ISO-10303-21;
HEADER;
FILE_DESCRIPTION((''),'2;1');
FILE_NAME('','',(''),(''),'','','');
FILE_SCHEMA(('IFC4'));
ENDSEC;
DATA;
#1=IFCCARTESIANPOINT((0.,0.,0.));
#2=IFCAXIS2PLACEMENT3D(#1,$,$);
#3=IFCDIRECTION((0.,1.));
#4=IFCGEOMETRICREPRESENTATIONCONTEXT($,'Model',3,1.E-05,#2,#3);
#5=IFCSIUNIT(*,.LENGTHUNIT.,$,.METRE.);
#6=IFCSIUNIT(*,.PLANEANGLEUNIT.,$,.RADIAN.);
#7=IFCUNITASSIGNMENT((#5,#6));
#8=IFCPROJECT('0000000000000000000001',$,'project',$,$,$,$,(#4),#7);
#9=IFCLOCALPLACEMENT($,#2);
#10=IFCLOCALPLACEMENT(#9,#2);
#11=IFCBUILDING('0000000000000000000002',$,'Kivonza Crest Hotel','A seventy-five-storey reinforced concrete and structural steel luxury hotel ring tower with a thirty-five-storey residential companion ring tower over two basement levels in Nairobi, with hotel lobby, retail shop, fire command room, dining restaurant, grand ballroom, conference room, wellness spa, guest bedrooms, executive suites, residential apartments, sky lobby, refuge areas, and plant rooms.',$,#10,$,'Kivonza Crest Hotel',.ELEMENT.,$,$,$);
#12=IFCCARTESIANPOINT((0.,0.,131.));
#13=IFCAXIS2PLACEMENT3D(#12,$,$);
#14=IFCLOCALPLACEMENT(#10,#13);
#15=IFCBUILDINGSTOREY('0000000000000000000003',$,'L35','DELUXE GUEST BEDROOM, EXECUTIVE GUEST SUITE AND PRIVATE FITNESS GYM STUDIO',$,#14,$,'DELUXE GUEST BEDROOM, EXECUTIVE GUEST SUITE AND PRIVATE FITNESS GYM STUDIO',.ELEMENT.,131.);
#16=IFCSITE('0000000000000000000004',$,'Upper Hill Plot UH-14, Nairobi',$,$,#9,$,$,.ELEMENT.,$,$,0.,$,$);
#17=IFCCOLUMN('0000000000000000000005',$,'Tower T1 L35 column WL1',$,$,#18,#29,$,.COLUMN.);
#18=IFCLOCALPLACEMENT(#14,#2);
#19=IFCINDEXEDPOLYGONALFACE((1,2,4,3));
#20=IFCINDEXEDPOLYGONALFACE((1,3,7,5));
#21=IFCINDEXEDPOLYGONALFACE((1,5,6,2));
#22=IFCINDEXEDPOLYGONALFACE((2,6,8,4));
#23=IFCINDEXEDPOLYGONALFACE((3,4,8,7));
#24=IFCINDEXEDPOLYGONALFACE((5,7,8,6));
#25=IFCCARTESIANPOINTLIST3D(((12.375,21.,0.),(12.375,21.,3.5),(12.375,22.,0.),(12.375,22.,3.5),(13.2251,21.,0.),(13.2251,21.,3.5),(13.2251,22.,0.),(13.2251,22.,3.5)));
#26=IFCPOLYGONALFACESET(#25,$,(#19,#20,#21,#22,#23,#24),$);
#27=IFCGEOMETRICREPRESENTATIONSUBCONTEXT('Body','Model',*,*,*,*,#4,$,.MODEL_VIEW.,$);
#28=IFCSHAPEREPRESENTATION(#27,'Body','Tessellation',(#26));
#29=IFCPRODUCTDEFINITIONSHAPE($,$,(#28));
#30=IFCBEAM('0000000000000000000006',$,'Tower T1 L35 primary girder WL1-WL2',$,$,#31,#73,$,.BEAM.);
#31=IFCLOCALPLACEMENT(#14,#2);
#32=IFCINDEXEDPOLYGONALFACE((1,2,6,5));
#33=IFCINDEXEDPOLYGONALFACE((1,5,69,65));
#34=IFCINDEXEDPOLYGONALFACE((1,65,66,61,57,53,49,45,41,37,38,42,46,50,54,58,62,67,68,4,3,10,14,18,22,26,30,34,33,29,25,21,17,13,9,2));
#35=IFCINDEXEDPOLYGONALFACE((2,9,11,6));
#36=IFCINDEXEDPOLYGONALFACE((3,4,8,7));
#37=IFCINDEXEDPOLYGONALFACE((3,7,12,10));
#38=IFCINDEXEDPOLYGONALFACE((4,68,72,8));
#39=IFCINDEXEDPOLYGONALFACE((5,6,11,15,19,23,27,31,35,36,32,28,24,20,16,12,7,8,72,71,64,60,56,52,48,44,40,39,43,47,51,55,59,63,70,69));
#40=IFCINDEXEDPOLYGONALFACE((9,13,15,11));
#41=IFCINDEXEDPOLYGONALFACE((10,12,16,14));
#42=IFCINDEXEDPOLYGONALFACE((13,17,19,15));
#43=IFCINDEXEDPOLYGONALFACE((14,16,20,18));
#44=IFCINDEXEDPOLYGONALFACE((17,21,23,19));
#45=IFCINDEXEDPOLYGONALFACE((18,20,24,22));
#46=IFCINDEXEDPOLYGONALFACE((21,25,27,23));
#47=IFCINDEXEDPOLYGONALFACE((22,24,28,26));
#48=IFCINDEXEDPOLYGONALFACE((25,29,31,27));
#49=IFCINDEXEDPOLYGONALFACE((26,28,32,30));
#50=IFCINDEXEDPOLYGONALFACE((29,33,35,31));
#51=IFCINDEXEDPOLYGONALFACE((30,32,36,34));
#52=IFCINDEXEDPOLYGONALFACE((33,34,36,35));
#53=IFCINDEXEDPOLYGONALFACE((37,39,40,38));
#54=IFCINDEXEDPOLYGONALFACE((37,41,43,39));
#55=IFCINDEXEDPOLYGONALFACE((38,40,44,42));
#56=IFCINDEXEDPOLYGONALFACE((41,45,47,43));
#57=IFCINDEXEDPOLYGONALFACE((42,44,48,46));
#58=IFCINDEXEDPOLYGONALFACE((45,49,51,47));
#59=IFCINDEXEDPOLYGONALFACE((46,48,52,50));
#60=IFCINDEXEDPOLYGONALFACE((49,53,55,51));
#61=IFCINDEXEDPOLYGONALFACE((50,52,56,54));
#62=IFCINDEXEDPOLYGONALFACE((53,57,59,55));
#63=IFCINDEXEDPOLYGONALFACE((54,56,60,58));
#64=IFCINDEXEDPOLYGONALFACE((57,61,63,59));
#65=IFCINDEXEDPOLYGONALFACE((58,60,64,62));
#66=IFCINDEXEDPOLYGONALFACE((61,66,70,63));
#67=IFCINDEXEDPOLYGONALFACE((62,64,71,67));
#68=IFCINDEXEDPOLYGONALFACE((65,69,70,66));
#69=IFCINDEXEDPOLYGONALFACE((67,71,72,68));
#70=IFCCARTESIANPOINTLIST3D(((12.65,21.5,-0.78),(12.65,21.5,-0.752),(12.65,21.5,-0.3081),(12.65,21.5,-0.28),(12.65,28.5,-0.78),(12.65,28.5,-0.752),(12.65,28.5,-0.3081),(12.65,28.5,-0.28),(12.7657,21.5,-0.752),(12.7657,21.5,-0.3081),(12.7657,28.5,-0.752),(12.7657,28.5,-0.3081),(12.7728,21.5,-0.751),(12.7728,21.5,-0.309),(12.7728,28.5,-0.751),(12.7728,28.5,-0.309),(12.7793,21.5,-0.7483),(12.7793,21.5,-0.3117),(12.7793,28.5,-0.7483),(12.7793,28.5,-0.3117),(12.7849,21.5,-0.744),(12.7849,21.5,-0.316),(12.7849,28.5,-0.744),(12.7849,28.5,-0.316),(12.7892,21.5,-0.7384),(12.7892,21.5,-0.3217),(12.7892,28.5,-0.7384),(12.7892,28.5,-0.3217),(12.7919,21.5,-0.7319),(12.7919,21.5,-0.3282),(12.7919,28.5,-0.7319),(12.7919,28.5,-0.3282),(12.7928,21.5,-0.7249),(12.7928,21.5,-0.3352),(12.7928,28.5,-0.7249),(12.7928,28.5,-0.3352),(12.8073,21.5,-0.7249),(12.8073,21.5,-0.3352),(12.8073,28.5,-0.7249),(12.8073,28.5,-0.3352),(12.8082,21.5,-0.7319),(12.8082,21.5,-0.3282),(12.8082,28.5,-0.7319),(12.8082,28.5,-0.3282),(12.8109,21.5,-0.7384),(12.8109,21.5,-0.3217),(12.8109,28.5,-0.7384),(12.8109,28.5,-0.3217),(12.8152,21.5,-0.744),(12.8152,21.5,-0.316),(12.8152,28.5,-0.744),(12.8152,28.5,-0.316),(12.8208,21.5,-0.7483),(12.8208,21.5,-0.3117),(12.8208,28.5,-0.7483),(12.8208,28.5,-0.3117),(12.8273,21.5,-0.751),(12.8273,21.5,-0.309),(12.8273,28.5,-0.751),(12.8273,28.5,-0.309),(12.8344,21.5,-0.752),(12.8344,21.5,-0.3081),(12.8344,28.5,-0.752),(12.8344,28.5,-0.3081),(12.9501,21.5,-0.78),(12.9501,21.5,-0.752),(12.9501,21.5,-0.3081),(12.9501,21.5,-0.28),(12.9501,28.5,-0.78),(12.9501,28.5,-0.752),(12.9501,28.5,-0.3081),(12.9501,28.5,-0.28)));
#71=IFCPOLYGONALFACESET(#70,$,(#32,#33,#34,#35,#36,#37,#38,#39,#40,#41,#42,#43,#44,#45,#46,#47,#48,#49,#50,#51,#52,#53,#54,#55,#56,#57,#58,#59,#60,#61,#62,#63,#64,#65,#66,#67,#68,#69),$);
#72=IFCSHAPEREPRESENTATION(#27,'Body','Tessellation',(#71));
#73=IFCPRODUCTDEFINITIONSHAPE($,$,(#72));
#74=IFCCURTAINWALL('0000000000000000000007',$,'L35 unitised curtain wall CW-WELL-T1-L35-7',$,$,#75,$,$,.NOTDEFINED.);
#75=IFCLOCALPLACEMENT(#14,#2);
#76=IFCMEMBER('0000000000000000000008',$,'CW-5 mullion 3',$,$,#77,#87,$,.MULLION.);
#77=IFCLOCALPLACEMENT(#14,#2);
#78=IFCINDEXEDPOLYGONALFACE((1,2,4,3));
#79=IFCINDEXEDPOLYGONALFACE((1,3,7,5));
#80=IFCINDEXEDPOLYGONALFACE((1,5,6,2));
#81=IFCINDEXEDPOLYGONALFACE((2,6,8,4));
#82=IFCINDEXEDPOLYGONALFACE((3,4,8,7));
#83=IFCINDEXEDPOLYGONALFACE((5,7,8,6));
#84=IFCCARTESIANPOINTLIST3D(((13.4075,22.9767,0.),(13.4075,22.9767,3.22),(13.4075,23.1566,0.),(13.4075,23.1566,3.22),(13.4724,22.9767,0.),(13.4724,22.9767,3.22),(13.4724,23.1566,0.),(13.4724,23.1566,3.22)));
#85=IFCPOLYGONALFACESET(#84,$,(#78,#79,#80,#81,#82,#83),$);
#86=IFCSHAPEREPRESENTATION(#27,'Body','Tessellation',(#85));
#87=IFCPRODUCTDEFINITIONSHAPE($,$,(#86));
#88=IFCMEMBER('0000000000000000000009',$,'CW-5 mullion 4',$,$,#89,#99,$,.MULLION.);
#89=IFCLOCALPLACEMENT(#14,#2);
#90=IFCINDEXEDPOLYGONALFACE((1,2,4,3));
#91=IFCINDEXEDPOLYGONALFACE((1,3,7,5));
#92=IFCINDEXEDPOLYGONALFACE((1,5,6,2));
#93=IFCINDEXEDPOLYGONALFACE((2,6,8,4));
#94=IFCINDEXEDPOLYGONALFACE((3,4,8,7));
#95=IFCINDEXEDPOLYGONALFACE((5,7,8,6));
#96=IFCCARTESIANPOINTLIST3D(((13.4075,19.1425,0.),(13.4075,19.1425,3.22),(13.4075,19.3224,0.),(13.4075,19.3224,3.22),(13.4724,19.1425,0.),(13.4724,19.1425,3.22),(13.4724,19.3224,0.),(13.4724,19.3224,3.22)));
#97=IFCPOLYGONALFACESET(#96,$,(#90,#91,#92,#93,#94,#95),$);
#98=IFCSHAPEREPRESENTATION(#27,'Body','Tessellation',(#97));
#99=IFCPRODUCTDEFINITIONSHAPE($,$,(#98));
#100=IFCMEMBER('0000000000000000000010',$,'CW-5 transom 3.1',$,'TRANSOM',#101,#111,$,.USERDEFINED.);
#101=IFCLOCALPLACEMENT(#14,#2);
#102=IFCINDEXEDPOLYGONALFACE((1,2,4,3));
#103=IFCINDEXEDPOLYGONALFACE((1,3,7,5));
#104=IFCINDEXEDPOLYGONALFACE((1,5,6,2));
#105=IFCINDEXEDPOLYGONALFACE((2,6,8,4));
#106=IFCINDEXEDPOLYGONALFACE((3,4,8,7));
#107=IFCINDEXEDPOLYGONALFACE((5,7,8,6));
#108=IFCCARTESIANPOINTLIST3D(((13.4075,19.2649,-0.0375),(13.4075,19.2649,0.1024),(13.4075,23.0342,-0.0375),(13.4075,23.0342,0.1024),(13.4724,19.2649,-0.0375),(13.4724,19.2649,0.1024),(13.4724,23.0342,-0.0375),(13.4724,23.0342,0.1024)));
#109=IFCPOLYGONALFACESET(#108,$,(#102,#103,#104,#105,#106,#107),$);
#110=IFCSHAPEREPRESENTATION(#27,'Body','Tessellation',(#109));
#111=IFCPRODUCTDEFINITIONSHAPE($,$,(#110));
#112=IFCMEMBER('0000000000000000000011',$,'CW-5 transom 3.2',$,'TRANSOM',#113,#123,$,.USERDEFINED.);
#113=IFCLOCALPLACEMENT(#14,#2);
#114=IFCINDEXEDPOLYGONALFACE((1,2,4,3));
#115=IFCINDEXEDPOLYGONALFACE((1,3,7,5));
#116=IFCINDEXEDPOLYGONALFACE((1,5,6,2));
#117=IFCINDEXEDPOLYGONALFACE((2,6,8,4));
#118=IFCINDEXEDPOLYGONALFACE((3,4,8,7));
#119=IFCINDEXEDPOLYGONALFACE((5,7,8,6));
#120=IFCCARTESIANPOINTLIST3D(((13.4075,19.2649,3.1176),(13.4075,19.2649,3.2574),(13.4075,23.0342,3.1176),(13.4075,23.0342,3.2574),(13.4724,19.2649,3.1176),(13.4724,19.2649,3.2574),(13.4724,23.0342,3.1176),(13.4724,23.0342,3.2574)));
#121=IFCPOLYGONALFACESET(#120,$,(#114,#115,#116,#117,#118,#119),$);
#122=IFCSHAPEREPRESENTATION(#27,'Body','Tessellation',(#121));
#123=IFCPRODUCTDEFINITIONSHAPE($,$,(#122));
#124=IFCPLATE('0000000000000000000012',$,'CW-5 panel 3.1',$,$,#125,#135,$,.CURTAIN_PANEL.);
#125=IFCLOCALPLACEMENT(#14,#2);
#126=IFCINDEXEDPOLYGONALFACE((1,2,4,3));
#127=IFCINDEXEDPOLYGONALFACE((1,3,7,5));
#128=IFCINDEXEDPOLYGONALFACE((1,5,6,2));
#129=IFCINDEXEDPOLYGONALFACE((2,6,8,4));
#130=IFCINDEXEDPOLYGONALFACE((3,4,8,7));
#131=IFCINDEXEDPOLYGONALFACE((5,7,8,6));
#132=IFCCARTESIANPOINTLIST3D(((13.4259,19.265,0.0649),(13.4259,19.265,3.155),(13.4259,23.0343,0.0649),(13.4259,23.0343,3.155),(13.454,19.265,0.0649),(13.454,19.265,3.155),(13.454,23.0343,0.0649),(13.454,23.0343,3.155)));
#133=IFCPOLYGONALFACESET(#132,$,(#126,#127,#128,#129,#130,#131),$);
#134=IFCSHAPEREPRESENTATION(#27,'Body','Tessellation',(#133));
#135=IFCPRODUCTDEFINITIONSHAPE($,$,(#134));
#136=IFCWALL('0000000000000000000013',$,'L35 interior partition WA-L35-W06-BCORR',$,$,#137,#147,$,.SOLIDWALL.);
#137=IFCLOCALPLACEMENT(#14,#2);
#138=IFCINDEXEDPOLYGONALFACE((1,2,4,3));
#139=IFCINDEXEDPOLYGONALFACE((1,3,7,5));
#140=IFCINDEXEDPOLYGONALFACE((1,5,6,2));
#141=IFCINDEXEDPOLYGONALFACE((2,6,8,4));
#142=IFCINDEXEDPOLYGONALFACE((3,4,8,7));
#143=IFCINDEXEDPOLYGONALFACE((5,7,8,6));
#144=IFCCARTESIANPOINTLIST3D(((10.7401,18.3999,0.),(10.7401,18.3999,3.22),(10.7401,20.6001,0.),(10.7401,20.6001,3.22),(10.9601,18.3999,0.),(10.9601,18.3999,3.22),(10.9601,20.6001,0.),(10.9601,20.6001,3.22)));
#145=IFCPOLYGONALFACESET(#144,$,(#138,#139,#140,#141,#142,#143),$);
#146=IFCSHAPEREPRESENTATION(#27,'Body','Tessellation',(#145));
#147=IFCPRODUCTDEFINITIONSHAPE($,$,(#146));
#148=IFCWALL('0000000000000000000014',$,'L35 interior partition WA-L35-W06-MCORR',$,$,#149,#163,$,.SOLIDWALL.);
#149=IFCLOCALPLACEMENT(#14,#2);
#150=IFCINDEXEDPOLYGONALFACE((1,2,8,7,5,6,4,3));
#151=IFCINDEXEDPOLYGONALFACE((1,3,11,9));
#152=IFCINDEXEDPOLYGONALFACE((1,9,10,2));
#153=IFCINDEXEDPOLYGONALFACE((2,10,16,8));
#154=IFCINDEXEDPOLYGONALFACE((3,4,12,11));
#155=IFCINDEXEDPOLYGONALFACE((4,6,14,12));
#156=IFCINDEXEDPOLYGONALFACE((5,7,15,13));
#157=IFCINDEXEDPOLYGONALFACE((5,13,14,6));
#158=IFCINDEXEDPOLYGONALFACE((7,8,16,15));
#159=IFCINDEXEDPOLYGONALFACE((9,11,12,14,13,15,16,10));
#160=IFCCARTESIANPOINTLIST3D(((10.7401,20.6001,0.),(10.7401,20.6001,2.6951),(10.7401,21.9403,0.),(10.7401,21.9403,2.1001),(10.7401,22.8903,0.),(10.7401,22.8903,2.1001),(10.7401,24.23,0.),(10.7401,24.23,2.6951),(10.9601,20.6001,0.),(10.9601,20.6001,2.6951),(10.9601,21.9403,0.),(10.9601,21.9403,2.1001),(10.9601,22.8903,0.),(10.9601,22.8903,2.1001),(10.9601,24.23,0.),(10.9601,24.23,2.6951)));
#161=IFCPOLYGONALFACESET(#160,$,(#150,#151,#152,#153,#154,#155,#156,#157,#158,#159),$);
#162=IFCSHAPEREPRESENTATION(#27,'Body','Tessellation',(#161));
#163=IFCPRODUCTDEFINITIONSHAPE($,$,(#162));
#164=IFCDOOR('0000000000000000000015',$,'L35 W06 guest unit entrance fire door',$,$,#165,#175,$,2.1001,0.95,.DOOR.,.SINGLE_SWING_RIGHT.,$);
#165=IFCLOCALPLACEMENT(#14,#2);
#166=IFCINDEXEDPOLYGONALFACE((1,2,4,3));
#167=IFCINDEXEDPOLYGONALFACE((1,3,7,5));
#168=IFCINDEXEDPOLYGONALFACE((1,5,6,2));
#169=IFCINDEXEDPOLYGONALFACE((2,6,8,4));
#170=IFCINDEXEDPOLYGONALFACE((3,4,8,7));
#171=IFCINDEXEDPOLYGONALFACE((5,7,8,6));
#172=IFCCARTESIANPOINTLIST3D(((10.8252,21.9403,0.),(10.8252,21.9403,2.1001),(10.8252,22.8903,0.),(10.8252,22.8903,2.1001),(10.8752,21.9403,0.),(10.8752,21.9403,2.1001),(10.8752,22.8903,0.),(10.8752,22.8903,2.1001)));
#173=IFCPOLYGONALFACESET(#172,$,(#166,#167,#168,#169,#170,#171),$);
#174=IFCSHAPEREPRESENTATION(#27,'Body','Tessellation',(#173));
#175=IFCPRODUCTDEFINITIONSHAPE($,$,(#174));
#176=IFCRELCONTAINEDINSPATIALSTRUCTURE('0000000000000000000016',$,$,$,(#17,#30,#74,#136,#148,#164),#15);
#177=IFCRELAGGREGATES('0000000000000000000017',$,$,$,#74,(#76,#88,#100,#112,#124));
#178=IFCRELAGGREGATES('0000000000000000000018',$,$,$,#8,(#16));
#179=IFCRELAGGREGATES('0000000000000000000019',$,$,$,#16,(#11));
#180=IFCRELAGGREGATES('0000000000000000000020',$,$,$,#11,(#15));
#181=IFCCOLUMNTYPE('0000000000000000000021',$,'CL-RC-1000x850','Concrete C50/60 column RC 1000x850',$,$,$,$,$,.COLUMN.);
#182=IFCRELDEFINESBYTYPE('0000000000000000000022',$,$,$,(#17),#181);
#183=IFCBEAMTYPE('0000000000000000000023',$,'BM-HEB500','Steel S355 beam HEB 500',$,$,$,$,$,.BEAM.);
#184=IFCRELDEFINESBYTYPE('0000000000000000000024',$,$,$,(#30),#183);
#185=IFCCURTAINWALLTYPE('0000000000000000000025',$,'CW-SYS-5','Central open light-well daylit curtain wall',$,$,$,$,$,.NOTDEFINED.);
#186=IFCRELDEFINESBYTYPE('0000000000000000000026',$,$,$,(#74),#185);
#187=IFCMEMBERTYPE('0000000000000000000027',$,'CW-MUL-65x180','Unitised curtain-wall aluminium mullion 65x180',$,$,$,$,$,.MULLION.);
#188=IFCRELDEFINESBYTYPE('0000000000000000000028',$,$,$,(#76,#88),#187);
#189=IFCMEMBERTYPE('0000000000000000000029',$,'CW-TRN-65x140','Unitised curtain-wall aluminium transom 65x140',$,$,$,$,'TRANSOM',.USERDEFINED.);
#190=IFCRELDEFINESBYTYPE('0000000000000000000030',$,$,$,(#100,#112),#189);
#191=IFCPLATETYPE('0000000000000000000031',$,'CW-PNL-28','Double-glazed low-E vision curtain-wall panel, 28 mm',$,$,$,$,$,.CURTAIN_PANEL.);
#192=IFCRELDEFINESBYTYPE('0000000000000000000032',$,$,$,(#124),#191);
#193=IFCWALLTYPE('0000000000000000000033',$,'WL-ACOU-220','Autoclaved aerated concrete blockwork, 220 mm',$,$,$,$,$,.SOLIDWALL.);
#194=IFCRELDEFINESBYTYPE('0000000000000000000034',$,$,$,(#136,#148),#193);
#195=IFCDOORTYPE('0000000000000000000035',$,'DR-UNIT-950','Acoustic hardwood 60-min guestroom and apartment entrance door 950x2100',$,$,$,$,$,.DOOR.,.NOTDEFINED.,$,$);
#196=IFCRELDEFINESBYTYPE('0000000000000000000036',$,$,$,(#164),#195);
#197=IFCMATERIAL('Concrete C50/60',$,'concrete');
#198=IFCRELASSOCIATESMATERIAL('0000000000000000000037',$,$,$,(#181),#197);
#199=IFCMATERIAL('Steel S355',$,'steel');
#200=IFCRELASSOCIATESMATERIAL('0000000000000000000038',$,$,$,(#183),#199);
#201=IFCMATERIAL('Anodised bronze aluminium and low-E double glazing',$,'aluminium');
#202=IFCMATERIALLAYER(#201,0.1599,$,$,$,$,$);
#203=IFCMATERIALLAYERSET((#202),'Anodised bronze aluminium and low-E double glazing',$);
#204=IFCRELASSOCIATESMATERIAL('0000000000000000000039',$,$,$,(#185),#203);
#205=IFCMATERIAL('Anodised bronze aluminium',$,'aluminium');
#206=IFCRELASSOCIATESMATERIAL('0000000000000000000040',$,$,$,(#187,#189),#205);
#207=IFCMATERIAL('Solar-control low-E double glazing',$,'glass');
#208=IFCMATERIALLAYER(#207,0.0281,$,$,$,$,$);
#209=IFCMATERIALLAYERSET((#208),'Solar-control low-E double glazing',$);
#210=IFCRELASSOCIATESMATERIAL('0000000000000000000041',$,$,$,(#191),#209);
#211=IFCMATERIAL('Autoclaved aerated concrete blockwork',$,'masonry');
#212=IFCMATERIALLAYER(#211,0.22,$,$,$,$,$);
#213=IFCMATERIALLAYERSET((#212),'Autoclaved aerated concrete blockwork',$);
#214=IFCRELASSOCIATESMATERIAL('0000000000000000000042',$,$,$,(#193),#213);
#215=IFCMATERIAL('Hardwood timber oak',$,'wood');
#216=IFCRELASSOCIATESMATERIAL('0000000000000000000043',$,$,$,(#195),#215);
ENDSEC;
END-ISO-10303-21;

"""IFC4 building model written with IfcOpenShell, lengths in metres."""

from ifc_helpers import new_model, si_unit, direction, frame, frame_2d, origin, origin_2d, place, context, subcontext, project, spatial, rectangle, i_section, extrude, material, layer, layer_set, material_profile, profile_set, type_object, element, fill, aggregate, save


model = new_model("IFC4")

# Units and contexts
model_context = context("Model", 3, precision=1e-05, world=origin(), true_north=direction((0.0, 1.0)))
body_context = subcontext(model_context, "Body", "Model", "MODEL_VIEW")
ifc_project = project(units=[si_unit("LENGTHUNIT", "METRE"), si_unit("PLANEANGLEUNIT", "RADIAN")], contexts=[model_context])

# Site, building, storey
site_placement = place(None, origin())
site = spatial("IfcSite", under=ifc_project, at=site_placement, Name="Upper Hill Plot UH-14, Nairobi", CompositionType="ELEMENT", RefElevation=0.0)
building_placement = place(site_placement, origin())
building = spatial("IfcBuilding", under=site, at=building_placement, Name="Kivonza Crest Hotel", Description="A seventy-five-storey reinforced concrete and structural steel luxury hotel ring tower with a thirty-five-storey residential companion ring tower over two basement levels in Nairobi, with hotel lobby, retail shop, fire command room, dining restaurant, grand ballroom, conference room, wellness spa, guest bedrooms, executive suites, residential apartments, sky lobby, refuge areas, and plant rooms.", LongName="Kivonza Crest Hotel", CompositionType="ELEMENT")
storey_placement = place(building_placement, frame((0.0, 0.0, 131.0)))
storey = spatial("IfcBuildingStorey", under=building, at=storey_placement, Name="L35", Description="DELUXE GUEST BEDROOM, EXECUTIVE GUEST SUITE AND PRIVATE FITNESS GYM STUDIO", LongName="DELUXE GUEST BEDROOM, EXECUTIVE GUEST SUITE AND PRIVATE FITNESS GYM STUDIO", CompositionType="ELEMENT", Elevation=131.0)

# Column
ifc_material_1 = material(Name="Concrete C50/60", Category="concrete")
ifc_material_profile_1 = material_profile(ifc_material_1, rectangle(XDim=0.8501, YDim=1.0, at=origin_2d()), Name="RC 1000x850")
ifc_profile_set_1 = profile_set([ifc_material_profile_1], Name="Concrete C50/60")
column_type = type_object("IfcColumnType", Name="CL-RC-1000x850", Description="Concrete C50/60 column RC 1000x850", PredefinedType="COLUMN", material=ifc_profile_set_1)
column_placement = place(storey_placement, frame((12.8, 21.5, 0.0), z_axis=(0.0, 0.0, 1.0), x_axis=(1.0, 0.0, 0.0)))
element("IfcColumn", 1, at=column_placement, inside=storey, type_object=column_type, Name="Tower T1 L35 column WL1", PredefinedType="COLUMN", context=body_context, shape_type="SweptSolid", body=[
    extrude(rectangle(XDim=0.8501, YDim=1.0, at=origin_2d()), origin(), (0.0, 0.0, 1.0), 3.5),
])

# Beam
ifc_material_2 = material(Name="Steel S355", Category="steel")
ifc_material_profile_2 = material_profile(ifc_material_2, i_section(OverallWidth=0.3, OverallDepth=0.5, WebThickness=0.0144, FlangeThickness=0.0281, FilletRadius=0.0271, at=origin_2d()), Name="HEB 500")
ifc_profile_set_2 = profile_set([ifc_material_profile_2], Name="Steel S355")
beam_type = type_object("IfcBeamType", Name="BM-HEB500", Description="Steel S355 beam HEB 500", PredefinedType="BEAM", material=ifc_profile_set_2)
beam_placement = place(storey_placement, frame((12.8, 21.5, -0.53), z_axis=(0.0, 1.0, 0.0), x_axis=(-1.0, 0.0, 0.0)))
element("IfcBeam", 2, at=beam_placement, inside=storey, type_object=beam_type, Name="Tower T1 L35 primary girder WL1-WL2", PredefinedType="BEAM", context=body_context, shape_type="SweptSolid", body=[
    extrude(i_section(OverallWidth=0.3, OverallDepth=0.5, WebThickness=0.0144, FlangeThickness=0.0281, FilletRadius=0.0271, at=origin_2d()), origin(), (0.0, 0.0, 1.0), 7.0),
])

# Curtain wall, members, plate
ifc_material_3 = material(Name="Anodised bronze aluminium and low-E double glazing", Category="aluminium")
ifc_layer_1 = layer(ifc_material_3, 0.1599)
ifc_layer_set_1 = layer_set([ifc_layer_1], Name="Anodised bronze aluminium and low-E double glazing")
curtain_wall_type = type_object("IfcCurtainWallType", Name="CW-SYS-5", Description="Central open light-well daylit curtain wall", PredefinedType="NOTDEFINED", material=ifc_layer_set_1)
curtain_wall_placement = place(storey_placement, origin())
curtain_wall = element("IfcCurtainWall", 3, at=curtain_wall_placement, inside=storey, type_object=curtain_wall_type, Name="L35 unitised curtain wall CW-WELL-T1-L35-7", PredefinedType="NOTDEFINED")
ifc_material_4 = material(Name="Anodised bronze aluminium", Category="aluminium")
ifc_material_profile_3 = material_profile(ifc_material_4, rectangle(XDim=0.0649, YDim=0.1799, at=origin_2d()), Name="CW-M 65x180")
ifc_profile_set_3 = profile_set([ifc_material_profile_3], Name="Anodised bronze aluminium")
member_type_1 = type_object("IfcMemberType", Name="CW-MUL-65x180", Description="Unitised curtain-wall aluminium mullion 65x180", PredefinedType="MULLION", material=ifc_profile_set_3)
member_1_placement = place(storey_placement, frame((13.4399, 23.0667, 0.0), z_axis=(0.0, 0.0, 1.0), x_axis=(1.0, 0.0, 0.0)))
member_1 = element("IfcMember", 4, at=member_1_placement, type_object=member_type_1, Name="CW-5 mullion 3", PredefinedType="MULLION", context=body_context, shape_type="SweptSolid", body=[
    extrude(rectangle(XDim=0.0649, YDim=0.1799, at=origin_2d()), origin(), (0.0, 0.0, 1.0), 3.22),
])
member_2_placement = place(storey_placement, frame((13.4399, 19.2324, 0.0), z_axis=(0.0, 0.0, 1.0), x_axis=(1.0, 0.0, 0.0)))
member_2 = element("IfcMember", 5, at=member_2_placement, type_object=member_type_1, Name="CW-5 mullion 4", PredefinedType="MULLION", context=body_context, shape_type="SweptSolid", body=[
    extrude(rectangle(XDim=0.0649, YDim=0.1799, at=origin_2d()), origin(), (0.0, 0.0, 1.0), 3.22),
])
ifc_material_profile_4 = material_profile(ifc_material_4, rectangle(XDim=0.0649, YDim=0.1399, at=origin_2d()), Name="CW-T 65x140")
ifc_profile_set_4 = profile_set([ifc_material_profile_4], Name="Anodised bronze aluminium")
member_type_2 = type_object("IfcMemberType", Name="CW-TRN-65x140", Description="Unitised curtain-wall aluminium transom 65x140", ElementType="TRANSOM", PredefinedType="USERDEFINED", material=ifc_profile_set_4)
member_3_placement = place(storey_placement, frame((13.4399, 23.0342, 0.0325), z_axis=(0.0, -1.0, 0.0), x_axis=(1.0, 0.0, 0.0)))
member_3 = element("IfcMember", 6, at=member_3_placement, type_object=member_type_2, Name="CW-5 transom 3.1", ObjectType="TRANSOM", PredefinedType="USERDEFINED", context=body_context, shape_type="SweptSolid", body=[
    extrude(rectangle(XDim=0.0649, YDim=0.1399, at=origin_2d()), origin(), (0.0, 0.0, 1.0), 3.7693),
])
member_4_placement = place(storey_placement, frame((13.4399, 23.0342, 3.1875), z_axis=(0.0, -1.0, 0.0), x_axis=(1.0, 0.0, 0.0)))
member_4 = element("IfcMember", 7, at=member_4_placement, type_object=member_type_2, Name="CW-5 transom 3.2", ObjectType="TRANSOM", PredefinedType="USERDEFINED", context=body_context, shape_type="SweptSolid", body=[
    extrude(rectangle(XDim=0.0649, YDim=0.1399, at=origin_2d()), origin(), (0.0, 0.0, 1.0), 3.7693),
])
ifc_material_5 = material(Name="Solar-control low-E double glazing", Category="glass")
ifc_layer_2 = layer(ifc_material_5, 0.0281)
ifc_layer_set_2 = layer_set([ifc_layer_2], Name="Solar-control low-E double glazing")
plate_type = type_object("IfcPlateType", Name="CW-PNL-28", Description="Double-glazed low-E vision curtain-wall panel, 28 mm", PredefinedType="CURTAIN_PANEL", material=ifc_layer_set_2)
plate_placement = place(storey_placement, frame((13.4399, 21.1497, 0.0649), z_axis=(0.0, 0.0, 1.0), x_axis=(0.0, -1.0, 0.0)))
plate = element("IfcPlate", 8, at=plate_placement, type_object=plate_type, Name="CW-5 panel 3.1", PredefinedType="CURTAIN_PANEL", context=body_context, shape_type="SweptSolid", body=[
    extrude(rectangle(XDim=3.7693, YDim=0.0281, at=origin_2d()), origin(), (0.0, 0.0, 1.0), 3.0901),
])
aggregate(curtain_wall, [member_1, member_2, member_3, member_4, plate])

# Wall
ifc_material_6 = material(Name="Autoclaved aerated concrete blockwork", Category="masonry")
ifc_layer_3 = layer(ifc_material_6, 0.22)
ifc_layer_set_3 = layer_set([ifc_layer_3], Name="Autoclaved aerated concrete blockwork")
wall_type_1 = type_object("IfcWallType", Name="WL-ACOU-220", Description="Autoclaved aerated concrete blockwork, 220 mm", PredefinedType="SOLIDWALL", material=ifc_layer_set_3)
wall_1_placement = place(storey_placement, frame((10.8501, 18.3999, 0.0), z_axis=(0.0, 0.0, 1.0), x_axis=(0.0, 1.0, 0.0)))
element("IfcWall", 9, at=wall_1_placement, inside=storey, type_object=wall_type_1, Name="L35 interior partition WA-L35-W06-BCORR", PredefinedType="SOLIDWALL", context=body_context, shape_type="SweptSolid", body=[
    extrude(rectangle(XDim=2.2002, YDim=0.22, at=frame_2d((1.1001, 0.0))), origin(), (0.0, 0.0, 1.0), 3.22),
])

# Wall, opening, door
wall_2_placement = place(storey_placement, frame((10.8501, 20.6001, 0.0), z_axis=(0.0, 0.0, 1.0), x_axis=(0.0, 1.0, 0.0)))
wall_2 = element("IfcWall", 10, at=wall_2_placement, inside=storey, type_object=wall_type_1, Name="L35 interior partition WA-L35-W06-MCORR", PredefinedType="SOLIDWALL", context=body_context, shape_type="SweptSolid", body=[
    extrude(rectangle(XDim=3.6299, YDim=0.22, at=frame_2d((1.8149, 0.0))), origin(), (0.0, 0.0, 1.0), 2.6951),
])
opening_placement = place(wall_2_placement, frame((1.3401, 0.0, 0.0)))
opening = element("IfcOpeningElement", 11, at=opening_placement, cuts=wall_2, PredefinedType="OPENING", context=body_context, shape_type="SweptSolid", body=[
    extrude(rectangle(XDim=0.95, YDim=2.1001, at=frame_2d((0.4751, 1.05))), frame((0.0, 0.1201, 0.0), z_axis=(0.0, -1.0, 0.0), x_axis=(1.0, 0.0, 0.0)), (0.0, 0.0, 1.0), 0.24),
])
ifc_material_7 = material(Name="Hardwood timber oak", Category="wood")
door_type = type_object("IfcDoorType", Name="DR-UNIT-950", Description="Acoustic hardwood 60-min guestroom and apartment entrance door 950x2100", OperationType="NOTDEFINED", PredefinedType="DOOR", material=ifc_material_7)
door_placement = place(opening_placement, origin())
door = element("IfcDoor", 12, at=door_placement, inside=storey, type_object=door_type, Name="L35 W06 guest unit entrance fire door", OperationType="SINGLE_SWING_RIGHT", OverallHeight=2.1001, OverallWidth=0.95, PredefinedType="DOOR", context=body_context, shape_type="SweptSolid", body=[
    extrude(rectangle(XDim=0.95, YDim=2.1001, at=frame_2d((0.4751, 1.05))), frame((0.0, 0.0249, 0.0), z_axis=(0.0, -1.0, 0.0), x_axis=(1.0, 0.0, 0.0)), (0.0, 0.0, 1.0), 0.05),
])
fill(opening, door)

save(model, "model.ifc")
